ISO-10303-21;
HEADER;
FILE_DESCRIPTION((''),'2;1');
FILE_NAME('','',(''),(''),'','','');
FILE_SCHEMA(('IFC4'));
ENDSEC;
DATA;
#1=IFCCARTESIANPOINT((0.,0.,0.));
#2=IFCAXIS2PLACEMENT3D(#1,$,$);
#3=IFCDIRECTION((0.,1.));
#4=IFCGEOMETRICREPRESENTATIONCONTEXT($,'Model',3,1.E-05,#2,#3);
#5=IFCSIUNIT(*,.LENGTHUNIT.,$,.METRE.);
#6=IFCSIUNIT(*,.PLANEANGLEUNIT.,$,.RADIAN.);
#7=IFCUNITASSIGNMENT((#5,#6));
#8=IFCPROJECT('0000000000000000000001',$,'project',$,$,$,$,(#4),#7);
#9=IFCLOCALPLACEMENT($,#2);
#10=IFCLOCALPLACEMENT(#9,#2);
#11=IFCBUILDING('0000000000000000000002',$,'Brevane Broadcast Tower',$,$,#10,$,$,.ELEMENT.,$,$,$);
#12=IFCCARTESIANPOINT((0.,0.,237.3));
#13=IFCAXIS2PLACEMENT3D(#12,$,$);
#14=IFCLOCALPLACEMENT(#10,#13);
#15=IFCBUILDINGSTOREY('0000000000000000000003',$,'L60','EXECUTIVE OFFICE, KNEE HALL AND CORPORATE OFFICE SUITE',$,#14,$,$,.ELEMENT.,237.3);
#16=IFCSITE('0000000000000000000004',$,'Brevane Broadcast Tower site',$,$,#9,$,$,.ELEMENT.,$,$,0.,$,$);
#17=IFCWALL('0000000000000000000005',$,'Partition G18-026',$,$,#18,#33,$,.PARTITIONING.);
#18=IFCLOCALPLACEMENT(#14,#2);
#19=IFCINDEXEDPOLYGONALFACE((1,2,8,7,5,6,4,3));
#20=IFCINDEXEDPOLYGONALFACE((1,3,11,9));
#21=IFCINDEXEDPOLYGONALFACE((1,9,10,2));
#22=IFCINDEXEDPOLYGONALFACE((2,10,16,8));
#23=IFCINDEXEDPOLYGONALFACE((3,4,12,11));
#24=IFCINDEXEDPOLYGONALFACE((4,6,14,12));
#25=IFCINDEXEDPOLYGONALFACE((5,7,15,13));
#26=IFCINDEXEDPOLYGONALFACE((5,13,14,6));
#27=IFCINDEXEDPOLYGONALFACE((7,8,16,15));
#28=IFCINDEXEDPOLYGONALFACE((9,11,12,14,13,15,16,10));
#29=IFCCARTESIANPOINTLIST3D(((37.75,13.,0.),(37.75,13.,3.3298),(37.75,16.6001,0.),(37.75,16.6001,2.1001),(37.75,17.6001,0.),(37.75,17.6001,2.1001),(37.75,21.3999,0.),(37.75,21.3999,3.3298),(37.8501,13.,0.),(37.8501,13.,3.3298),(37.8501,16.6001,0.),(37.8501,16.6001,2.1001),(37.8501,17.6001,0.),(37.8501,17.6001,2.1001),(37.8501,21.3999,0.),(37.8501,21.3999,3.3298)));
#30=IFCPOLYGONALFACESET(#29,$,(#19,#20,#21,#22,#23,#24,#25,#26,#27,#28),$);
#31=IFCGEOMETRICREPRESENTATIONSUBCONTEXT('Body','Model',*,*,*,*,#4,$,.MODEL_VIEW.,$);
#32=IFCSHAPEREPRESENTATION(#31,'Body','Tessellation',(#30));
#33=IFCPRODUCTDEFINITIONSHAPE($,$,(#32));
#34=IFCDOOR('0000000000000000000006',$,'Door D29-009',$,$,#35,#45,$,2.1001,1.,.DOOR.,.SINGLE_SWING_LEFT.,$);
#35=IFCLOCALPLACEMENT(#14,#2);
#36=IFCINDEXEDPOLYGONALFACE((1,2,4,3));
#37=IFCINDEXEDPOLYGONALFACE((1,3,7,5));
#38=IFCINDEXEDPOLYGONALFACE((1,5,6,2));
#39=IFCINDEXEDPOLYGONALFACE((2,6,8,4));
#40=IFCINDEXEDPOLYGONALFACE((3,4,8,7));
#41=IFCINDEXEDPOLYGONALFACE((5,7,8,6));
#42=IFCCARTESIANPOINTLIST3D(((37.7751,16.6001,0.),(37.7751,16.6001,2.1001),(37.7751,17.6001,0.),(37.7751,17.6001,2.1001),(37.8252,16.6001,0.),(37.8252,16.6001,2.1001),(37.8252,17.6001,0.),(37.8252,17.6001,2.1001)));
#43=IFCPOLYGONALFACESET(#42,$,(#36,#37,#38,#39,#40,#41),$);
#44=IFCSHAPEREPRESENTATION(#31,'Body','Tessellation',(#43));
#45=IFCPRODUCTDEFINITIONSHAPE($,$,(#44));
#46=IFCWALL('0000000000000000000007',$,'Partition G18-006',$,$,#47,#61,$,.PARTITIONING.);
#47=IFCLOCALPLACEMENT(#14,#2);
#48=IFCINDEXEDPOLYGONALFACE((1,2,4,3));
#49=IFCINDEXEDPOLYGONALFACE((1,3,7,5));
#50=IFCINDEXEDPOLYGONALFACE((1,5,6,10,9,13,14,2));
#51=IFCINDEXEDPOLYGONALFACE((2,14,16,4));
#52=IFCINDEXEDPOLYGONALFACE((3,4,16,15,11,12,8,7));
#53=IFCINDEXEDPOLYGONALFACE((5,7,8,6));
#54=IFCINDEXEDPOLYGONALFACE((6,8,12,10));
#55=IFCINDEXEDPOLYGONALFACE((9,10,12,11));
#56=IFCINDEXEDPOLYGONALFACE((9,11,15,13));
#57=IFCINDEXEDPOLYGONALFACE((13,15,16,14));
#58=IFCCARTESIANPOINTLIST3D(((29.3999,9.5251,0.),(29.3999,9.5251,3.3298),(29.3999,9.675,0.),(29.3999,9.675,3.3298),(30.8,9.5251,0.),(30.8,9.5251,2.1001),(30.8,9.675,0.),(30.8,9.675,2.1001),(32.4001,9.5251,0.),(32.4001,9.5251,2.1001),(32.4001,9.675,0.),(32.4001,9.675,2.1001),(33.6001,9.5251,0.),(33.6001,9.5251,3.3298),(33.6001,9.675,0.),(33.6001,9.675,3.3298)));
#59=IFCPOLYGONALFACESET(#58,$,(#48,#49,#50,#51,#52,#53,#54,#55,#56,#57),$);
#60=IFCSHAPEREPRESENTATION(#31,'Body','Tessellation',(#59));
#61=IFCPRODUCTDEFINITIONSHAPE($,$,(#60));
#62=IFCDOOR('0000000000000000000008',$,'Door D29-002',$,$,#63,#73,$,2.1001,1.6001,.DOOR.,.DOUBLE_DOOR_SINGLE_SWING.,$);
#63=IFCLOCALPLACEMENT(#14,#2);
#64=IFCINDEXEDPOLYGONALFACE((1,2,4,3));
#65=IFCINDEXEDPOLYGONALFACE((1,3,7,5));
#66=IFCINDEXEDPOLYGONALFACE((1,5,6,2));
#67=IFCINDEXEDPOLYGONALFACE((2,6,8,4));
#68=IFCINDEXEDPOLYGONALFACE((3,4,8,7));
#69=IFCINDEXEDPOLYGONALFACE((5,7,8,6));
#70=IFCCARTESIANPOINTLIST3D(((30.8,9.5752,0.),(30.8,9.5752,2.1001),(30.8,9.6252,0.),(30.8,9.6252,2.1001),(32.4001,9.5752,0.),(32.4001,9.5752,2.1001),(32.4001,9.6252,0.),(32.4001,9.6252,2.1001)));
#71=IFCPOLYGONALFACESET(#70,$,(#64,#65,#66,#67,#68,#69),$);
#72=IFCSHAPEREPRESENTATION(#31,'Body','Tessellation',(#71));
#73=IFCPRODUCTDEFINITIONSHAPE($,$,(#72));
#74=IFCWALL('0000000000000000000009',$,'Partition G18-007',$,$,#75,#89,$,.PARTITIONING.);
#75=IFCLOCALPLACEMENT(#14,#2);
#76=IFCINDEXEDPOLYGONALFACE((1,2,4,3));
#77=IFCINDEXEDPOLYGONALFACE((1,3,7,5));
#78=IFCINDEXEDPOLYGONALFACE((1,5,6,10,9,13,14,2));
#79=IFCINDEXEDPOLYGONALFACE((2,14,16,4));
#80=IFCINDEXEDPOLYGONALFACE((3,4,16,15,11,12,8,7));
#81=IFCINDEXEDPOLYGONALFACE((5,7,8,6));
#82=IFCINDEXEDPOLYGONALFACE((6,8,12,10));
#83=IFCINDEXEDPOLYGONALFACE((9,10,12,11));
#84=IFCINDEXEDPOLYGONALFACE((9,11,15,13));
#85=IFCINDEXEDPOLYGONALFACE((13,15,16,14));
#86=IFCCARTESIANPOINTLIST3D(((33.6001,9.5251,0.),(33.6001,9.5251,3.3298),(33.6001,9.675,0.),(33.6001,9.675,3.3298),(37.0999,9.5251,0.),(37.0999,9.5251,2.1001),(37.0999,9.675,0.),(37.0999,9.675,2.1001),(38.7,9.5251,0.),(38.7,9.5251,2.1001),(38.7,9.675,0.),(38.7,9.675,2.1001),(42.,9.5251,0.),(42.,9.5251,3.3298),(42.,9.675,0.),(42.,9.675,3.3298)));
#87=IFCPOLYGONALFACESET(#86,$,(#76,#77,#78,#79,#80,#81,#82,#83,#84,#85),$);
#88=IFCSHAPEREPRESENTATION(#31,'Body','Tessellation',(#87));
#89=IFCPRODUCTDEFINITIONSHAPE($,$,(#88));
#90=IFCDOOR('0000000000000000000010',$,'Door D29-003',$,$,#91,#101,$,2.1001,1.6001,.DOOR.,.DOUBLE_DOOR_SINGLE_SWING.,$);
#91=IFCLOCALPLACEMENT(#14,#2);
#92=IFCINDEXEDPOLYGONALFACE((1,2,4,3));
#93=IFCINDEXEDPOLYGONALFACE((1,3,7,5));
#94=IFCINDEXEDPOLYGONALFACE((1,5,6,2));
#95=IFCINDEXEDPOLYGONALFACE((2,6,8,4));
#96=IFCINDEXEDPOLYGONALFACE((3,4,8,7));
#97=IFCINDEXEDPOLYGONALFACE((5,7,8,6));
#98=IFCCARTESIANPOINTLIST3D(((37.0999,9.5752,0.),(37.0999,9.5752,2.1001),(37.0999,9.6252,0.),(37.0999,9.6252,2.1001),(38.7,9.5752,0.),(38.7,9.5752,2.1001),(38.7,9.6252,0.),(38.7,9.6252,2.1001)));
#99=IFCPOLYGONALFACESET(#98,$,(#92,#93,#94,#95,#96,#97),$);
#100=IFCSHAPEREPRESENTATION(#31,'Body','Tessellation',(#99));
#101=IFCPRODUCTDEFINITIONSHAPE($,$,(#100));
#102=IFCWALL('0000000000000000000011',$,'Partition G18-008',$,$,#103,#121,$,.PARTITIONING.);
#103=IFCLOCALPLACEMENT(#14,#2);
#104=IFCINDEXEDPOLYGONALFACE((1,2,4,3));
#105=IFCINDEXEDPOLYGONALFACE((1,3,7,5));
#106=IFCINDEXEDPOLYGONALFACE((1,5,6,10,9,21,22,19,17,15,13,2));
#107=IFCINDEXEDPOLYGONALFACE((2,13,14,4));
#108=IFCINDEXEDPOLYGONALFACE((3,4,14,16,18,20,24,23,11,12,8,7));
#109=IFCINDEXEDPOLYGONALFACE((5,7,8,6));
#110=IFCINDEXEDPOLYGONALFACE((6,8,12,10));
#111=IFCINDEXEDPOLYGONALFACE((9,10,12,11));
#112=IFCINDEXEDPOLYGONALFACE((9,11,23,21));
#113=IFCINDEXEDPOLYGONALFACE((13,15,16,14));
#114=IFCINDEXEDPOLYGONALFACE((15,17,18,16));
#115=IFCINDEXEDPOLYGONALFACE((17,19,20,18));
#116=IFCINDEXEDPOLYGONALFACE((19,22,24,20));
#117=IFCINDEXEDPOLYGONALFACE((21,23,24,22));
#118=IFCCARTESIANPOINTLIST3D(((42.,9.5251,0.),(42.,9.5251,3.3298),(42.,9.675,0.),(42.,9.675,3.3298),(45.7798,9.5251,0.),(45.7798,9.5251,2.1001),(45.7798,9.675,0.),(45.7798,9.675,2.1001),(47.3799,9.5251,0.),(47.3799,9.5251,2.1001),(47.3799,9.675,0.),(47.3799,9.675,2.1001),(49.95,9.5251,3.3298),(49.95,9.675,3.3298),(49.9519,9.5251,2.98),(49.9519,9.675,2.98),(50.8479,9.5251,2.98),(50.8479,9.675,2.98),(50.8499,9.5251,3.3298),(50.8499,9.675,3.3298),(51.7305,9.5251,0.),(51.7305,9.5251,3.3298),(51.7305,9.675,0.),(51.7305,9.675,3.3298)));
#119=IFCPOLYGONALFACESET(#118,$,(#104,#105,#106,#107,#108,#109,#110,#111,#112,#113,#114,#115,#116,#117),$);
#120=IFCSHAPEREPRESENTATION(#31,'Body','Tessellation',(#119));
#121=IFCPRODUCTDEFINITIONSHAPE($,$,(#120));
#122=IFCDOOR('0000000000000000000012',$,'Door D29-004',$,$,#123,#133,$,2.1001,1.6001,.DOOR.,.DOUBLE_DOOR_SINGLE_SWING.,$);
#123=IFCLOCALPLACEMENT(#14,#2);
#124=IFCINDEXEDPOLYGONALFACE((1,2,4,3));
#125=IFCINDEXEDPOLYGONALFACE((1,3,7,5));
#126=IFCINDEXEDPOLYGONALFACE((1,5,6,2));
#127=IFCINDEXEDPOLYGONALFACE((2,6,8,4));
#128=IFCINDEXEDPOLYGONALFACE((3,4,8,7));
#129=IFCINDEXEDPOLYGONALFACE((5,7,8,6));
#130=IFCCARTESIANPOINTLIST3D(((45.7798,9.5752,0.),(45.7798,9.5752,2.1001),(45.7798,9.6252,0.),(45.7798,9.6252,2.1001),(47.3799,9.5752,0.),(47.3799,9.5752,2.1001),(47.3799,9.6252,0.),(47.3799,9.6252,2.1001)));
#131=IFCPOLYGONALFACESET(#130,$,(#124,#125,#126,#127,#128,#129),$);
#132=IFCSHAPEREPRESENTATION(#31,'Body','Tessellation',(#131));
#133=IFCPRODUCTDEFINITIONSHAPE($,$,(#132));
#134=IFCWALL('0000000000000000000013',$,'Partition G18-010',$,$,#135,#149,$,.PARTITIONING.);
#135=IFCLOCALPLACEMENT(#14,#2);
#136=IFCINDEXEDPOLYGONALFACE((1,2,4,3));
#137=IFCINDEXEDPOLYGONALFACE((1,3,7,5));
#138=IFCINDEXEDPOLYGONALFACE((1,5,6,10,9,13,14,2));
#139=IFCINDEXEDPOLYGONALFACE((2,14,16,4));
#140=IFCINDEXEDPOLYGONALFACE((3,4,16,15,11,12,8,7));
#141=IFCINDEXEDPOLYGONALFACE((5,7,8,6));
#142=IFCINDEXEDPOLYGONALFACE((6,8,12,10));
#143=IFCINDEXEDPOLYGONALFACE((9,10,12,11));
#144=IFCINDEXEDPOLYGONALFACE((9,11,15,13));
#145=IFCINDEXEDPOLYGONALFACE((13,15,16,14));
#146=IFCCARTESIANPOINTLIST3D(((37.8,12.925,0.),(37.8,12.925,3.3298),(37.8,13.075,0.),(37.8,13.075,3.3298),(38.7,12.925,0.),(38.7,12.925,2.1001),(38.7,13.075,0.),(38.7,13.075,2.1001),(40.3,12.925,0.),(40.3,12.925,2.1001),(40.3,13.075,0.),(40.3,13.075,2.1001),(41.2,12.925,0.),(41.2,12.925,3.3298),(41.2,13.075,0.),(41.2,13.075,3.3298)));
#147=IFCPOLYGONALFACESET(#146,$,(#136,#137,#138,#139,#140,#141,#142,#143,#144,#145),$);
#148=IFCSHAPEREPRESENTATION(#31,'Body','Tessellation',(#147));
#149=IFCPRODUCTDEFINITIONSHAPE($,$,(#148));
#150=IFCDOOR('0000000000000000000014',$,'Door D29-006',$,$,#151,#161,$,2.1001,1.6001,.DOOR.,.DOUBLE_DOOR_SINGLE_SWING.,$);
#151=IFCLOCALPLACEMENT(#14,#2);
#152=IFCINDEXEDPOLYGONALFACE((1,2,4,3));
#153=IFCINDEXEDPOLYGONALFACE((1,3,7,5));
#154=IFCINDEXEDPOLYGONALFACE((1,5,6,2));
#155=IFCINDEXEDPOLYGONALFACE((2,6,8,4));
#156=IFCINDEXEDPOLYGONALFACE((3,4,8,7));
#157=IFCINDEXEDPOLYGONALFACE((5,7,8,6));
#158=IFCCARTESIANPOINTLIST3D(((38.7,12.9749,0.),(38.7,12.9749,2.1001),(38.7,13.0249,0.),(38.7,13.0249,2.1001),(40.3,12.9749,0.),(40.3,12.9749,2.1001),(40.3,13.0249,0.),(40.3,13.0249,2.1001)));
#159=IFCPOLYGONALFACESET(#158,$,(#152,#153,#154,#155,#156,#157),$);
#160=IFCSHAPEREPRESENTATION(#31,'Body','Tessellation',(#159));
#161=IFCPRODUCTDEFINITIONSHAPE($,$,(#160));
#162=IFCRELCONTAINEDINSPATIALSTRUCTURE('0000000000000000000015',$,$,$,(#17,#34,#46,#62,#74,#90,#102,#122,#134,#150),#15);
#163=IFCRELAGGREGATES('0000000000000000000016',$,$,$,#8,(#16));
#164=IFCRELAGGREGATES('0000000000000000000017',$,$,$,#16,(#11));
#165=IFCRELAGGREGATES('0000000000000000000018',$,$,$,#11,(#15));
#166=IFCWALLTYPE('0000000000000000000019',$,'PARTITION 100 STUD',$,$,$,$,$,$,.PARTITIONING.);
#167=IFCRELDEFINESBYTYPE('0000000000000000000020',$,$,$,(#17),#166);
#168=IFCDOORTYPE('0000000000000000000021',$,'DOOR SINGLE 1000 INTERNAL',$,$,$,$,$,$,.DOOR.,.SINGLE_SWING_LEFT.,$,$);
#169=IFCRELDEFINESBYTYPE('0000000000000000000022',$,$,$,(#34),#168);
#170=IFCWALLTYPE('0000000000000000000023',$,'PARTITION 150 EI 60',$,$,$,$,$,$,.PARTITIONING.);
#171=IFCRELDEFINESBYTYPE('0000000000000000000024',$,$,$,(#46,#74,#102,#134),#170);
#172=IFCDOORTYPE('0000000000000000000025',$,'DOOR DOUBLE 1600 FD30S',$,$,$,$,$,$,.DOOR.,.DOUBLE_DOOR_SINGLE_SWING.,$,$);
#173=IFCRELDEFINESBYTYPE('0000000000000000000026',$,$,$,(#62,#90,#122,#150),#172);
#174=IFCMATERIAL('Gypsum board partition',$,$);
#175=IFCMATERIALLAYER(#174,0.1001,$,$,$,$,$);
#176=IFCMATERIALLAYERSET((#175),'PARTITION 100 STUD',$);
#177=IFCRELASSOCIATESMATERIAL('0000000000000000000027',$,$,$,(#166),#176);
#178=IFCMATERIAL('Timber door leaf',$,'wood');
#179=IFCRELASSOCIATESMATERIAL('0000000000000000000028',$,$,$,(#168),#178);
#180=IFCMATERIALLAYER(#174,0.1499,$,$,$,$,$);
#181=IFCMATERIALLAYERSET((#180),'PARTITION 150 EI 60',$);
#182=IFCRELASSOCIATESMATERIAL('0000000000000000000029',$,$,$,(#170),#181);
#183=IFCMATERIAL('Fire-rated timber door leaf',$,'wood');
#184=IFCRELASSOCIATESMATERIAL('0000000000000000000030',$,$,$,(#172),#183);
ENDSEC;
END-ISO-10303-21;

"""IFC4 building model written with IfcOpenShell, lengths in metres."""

from ifc_helpers import new_model, si_unit, direction, frame, frame_2d, origin, place, context, subcontext, project, spatial, polyline, rectangle, outline, extrude, material, layer, layer_set, type_object, element, fill, save


model = new_model("IFC4")

# Units and contexts
model_context = context("Model", 3, precision=1e-05, world=origin(), true_north=direction((0.0, 1.0)))
body_context = subcontext(model_context, "Body", "Model", "MODEL_VIEW")
ifc_project = project(units=[si_unit("LENGTHUNIT", "METRE"), si_unit("PLANEANGLEUNIT", "RADIAN")], contexts=[model_context])

# Site, building, storey
site_placement = place(None, origin())
site = spatial("IfcSite", under=ifc_project, at=site_placement, Name="Brevane Broadcast Tower site", CompositionType="ELEMENT", RefElevation=0.0)
building_placement = place(site_placement, origin())
building = spatial("IfcBuilding", under=site, at=building_placement, Name="Brevane Broadcast Tower", CompositionType="ELEMENT")
storey_placement = place(building_placement, frame((0.0, 0.0, 237.3)))
storey = spatial("IfcBuildingStorey", under=building, at=storey_placement, Name="L60", Description="EXECUTIVE OFFICE, KNEE HALL AND CORPORATE OFFICE SUITE", CompositionType="ELEMENT", Elevation=237.3)

# Shared definitions
ifc_material_1 = material(Name="Gypsum board partition")
ifc_layer_1 = layer(ifc_material_1, 0.1001)
ifc_layer_set_1 = layer_set([ifc_layer_1], Name="PARTITION 100 STUD")
wall_type_1 = type_object("IfcWallType", Name="PARTITION 100 STUD", PredefinedType="PARTITIONING", material=ifc_layer_set_1)

# Walls, openings, doors
wall_1_placement = place(storey_placement, frame((37.8, 13.0, 0.0), z_axis=(0.0, 0.0, 1.0), x_axis=(0.0, 1.0, 0.0)))
wall_1 = element("IfcWall", 1, at=wall_1_placement, inside=storey, type_object=wall_type_1, Name="Partition G18-026", PredefinedType="PARTITIONING", context=body_context, shape_type="SweptSolid", body=[
    extrude(rectangle(XDim=8.3999, YDim=0.1001, at=frame_2d((4.2, 0.0))), origin(), (0.0, 0.0, 1.0), 3.3298),
])
opening_1_placement = place(wall_1_placement, frame((3.6001, 0.0, 0.0)))
opening_1 = element("IfcOpeningElement", 2, at=opening_1_placement, cuts=wall_1, PredefinedType="OPENING", context=body_context, shape_type="SweptSolid", body=[
    extrude(rectangle(XDim=1.0, YDim=2.1001, at=frame_2d((0.5, 1.05))), frame((0.0, 0.0601, 0.0), z_axis=(0.0, -1.0, 0.0), x_axis=(1.0, 0.0, 0.0)), (0.0, 0.0, 1.0), 0.1201),
])
ifc_material_2 = material(Name="Timber door leaf", Category="wood")
door_type_1 = type_object("IfcDoorType", Name="DOOR SINGLE 1000 INTERNAL", OperationType="SINGLE_SWING_LEFT", PredefinedType="DOOR", material=ifc_material_2)
door_1_placement = place(opening_1_placement, origin())
door_1 = element("IfcDoor", 3, at=door_1_placement, inside=storey, type_object=door_type_1, Name="Door D29-009", OperationType="SINGLE_SWING_LEFT", OverallHeight=2.1001, OverallWidth=1.0, PredefinedType="DOOR", context=body_context, shape_type="SweptSolid", body=[
    extrude(rectangle(XDim=1.0, YDim=2.1001, at=frame_2d((0.5, 1.05))), frame((0.0, 0.0249, 0.0), z_axis=(0.0, -1.0, 0.0), x_axis=(1.0, 0.0, 0.0)), (0.0, 0.0, 1.0), 0.05),
])
fill(opening_1, door_1)
ifc_layer_2 = layer(ifc_material_1, 0.1499)
ifc_layer_set_2 = layer_set([ifc_layer_2], Name="PARTITION 150 EI 60")
wall_type_2 = type_object("IfcWallType", Name="PARTITION 150 EI 60", PredefinedType="PARTITIONING", material=ifc_layer_set_2)
wall_2_placement = place(storey_placement, frame((33.6001, 9.6001, 0.0), z_axis=(0.0, 0.0, 1.0), x_axis=(-1.0, 0.0, 0.0)))
wall_2 = element("IfcWall", 4, at=wall_2_placement, inside=storey, type_object=wall_type_2, Name="Partition G18-006", PredefinedType="PARTITIONING", context=body_context, shape_type="SweptSolid", body=[
    extrude(rectangle(XDim=4.2002, YDim=0.1499, at=frame_2d((2.1001, 0.0))), origin(), (0.0, 0.0, 1.0), 3.3298),
])
opening_2_placement = place(wall_2_placement, frame((1.2, 0.0, 0.0)))
opening_2 = element("IfcOpeningElement", 5, at=opening_2_placement, cuts=wall_2, PredefinedType="OPENING", context=body_context, shape_type="SweptSolid", body=[
    extrude(rectangle(XDim=1.6001, YDim=2.1001, at=frame_2d((0.8, 1.05))), frame((0.0, 0.085, 0.0), z_axis=(0.0, -1.0, 0.0), x_axis=(1.0, 0.0, 0.0)), (0.0, 0.0, 1.0), 0.1699),
])
ifc_material_3 = material(Name="Fire-rated timber door leaf", Category="wood")
door_type_2 = type_object("IfcDoorType", Name="DOOR DOUBLE 1600 FD30S", OperationType="DOUBLE_DOOR_SINGLE_SWING", PredefinedType="DOOR", material=ifc_material_3)
door_2_placement = place(opening_2_placement, origin())
door_2 = element("IfcDoor", 6, at=door_2_placement, inside=storey, type_object=door_type_2, Name="Door D29-002", OperationType="DOUBLE_DOOR_SINGLE_SWING", OverallHeight=2.1001, OverallWidth=1.6001, PredefinedType="DOOR", context=body_context, shape_type="SweptSolid", body=[
    extrude(rectangle(XDim=1.6001, YDim=2.1001, at=frame_2d((0.8, 1.05))), frame((0.0, 0.0249, 0.0), z_axis=(0.0, -1.0, 0.0), x_axis=(1.0, 0.0, 0.0)), (0.0, 0.0, 1.0), 0.05),
])
fill(opening_2, door_2)
wall_3_placement = place(storey_placement, frame((42.0, 9.6001, 0.0), z_axis=(0.0, 0.0, 1.0), x_axis=(-1.0, 0.0, 0.0)))
wall_3 = element("IfcWall", 7, at=wall_3_placement, inside=storey, type_object=wall_type_2, Name="Partition G18-007", PredefinedType="PARTITIONING", context=body_context, shape_type="SweptSolid", body=[
    extrude(rectangle(XDim=8.3999, YDim=0.1499, at=frame_2d((4.2, 0.0))), origin(), (0.0, 0.0, 1.0), 3.3298),
])
opening_3_placement = place(wall_3_placement, frame((3.3, 0.0, 0.0)))
opening_3 = element("IfcOpeningElement", 8, at=opening_3_placement, cuts=wall_3, PredefinedType="OPENING", context=body_context, shape_type="SweptSolid", body=[
    extrude(rectangle(XDim=1.6001, YDim=2.1001, at=frame_2d((0.8, 1.05))), frame((0.0, 0.085, 0.0), z_axis=(0.0, -1.0, 0.0), x_axis=(1.0, 0.0, 0.0)), (0.0, 0.0, 1.0), 0.1699),
])
door_3_placement = place(opening_3_placement, origin())
door_3 = element("IfcDoor", 9, at=door_3_placement, inside=storey, type_object=door_type_2, Name="Door D29-003", OperationType="DOUBLE_DOOR_SINGLE_SWING", OverallHeight=2.1001, OverallWidth=1.6001, PredefinedType="DOOR", context=body_context, shape_type="SweptSolid", body=[
    extrude(rectangle(XDim=1.6001, YDim=2.1001, at=frame_2d((0.8, 1.05))), frame((0.0, 0.0249, 0.0), z_axis=(0.0, -1.0, 0.0), x_axis=(1.0, 0.0, 0.0)), (0.0, 0.0, 1.0), 0.05),
])
fill(opening_3, door_3)
wall_4_placement = place(storey_placement, frame((51.7305, 9.6001, 0.0), z_axis=(0.0, 0.0, 1.0), x_axis=(-1.0, 0.0, 0.0)))
wall_4 = element("IfcWall", 10, at=wall_4_placement, inside=storey, type_object=wall_type_2, Name="Partition G18-008", PredefinedType="PARTITIONING", context=body_context, shape_type="SweptSolid", body=[
    extrude(outline(polyline([(0.0, 0.0), (9.7305, 0.0), (9.7305, 3.3298), (1.7805, 3.3298), (1.7786, 2.98), (0.8826, 2.98), (0.8806, 3.3298), (0.2505, 3.3298), (0.0, 3.3298), (0.0, 0.0)])), frame((0.0, 0.075, 0.0), z_axis=(0.0, -1.0, 0.0), x_axis=(1.0, 0.0, 0.0)), (0.0, 0.0, 1.0), 0.1499),
])
opening_4_placement = place(wall_4_placement, frame((4.3506, 0.0, 0.0)))
opening_4 = element("IfcOpeningElement", 11, at=opening_4_placement, cuts=wall_4, PredefinedType="OPENING", context=body_context, shape_type="SweptSolid", body=[
    extrude(rectangle(XDim=1.6001, YDim=2.1001, at=frame_2d((0.8, 1.05))), frame((0.0, 0.085, 0.0), z_axis=(0.0, -1.0, 0.0), x_axis=(1.0, 0.0, 0.0)), (0.0, 0.0, 1.0), 0.1699),
])
door_4_placement = place(opening_4_placement, origin())
door_4 = element("IfcDoor", 12, at=door_4_placement, inside=storey, type_object=door_type_2, Name="Door D29-004", OperationType="DOUBLE_DOOR_SINGLE_SWING", OverallHeight=2.1001, OverallWidth=1.6001, PredefinedType="DOOR", context=body_context, shape_type="SweptSolid", body=[
    extrude(rectangle(XDim=1.6001, YDim=2.1001, at=frame_2d((0.8, 1.05))), frame((0.0, 0.0249, 0.0), z_axis=(0.0, -1.0, 0.0), x_axis=(1.0, 0.0, 0.0)), (0.0, 0.0, 1.0), 0.05),
])
fill(opening_4, door_4)
wall_5_placement = place(storey_placement, frame((37.8, 13.0, 0.0), z_axis=(0.0, 0.0, 1.0), x_axis=(1.0, 0.0, 0.0)))
wall_5 = element("IfcWall", 13, at=wall_5_placement, inside=storey, type_object=wall_type_2, Name="Partition G18-010", PredefinedType="PARTITIONING", context=body_context, shape_type="SweptSolid", body=[
    extrude(rectangle(XDim=3.3999, YDim=0.1499, at=frame_2d((1.7, 0.0))), origin(), (0.0, 0.0, 1.0), 3.3298),
])
opening_5_placement = place(wall_5_placement, frame((0.8999, 0.0, 0.0)))
opening_5 = element("IfcOpeningElement", 14, at=opening_5_placement, cuts=wall_5, PredefinedType="OPENING", context=body_context, shape_type="SweptSolid", body=[
    extrude(rectangle(XDim=1.6001, YDim=2.1001, at=frame_2d((0.8, 1.05))), frame((0.0, 0.085, 0.0), z_axis=(0.0, -1.0, 0.0), x_axis=(1.0, 0.0, 0.0)), (0.0, 0.0, 1.0), 0.1699),
])
door_5_placement = place(opening_5_placement, origin())
door_5 = element("IfcDoor", 15, at=door_5_placement, inside=storey, type_object=door_type_2, Name="Door D29-006", OperationType="DOUBLE_DOOR_SINGLE_SWING", OverallHeight=2.1001, OverallWidth=1.6001, PredefinedType="DOOR", context=body_context, shape_type="SweptSolid", body=[
    extrude(rectangle(XDim=1.6001, YDim=2.1001, at=frame_2d((0.8, 1.05))), frame((0.0, 0.0249, 0.0), z_axis=(0.0, -1.0, 0.0), x_axis=(1.0, 0.0, 0.0)), (0.0, 0.0, 1.0), 0.05),
])
fill(opening_5, door_5)

save(model, "model.ifc")
